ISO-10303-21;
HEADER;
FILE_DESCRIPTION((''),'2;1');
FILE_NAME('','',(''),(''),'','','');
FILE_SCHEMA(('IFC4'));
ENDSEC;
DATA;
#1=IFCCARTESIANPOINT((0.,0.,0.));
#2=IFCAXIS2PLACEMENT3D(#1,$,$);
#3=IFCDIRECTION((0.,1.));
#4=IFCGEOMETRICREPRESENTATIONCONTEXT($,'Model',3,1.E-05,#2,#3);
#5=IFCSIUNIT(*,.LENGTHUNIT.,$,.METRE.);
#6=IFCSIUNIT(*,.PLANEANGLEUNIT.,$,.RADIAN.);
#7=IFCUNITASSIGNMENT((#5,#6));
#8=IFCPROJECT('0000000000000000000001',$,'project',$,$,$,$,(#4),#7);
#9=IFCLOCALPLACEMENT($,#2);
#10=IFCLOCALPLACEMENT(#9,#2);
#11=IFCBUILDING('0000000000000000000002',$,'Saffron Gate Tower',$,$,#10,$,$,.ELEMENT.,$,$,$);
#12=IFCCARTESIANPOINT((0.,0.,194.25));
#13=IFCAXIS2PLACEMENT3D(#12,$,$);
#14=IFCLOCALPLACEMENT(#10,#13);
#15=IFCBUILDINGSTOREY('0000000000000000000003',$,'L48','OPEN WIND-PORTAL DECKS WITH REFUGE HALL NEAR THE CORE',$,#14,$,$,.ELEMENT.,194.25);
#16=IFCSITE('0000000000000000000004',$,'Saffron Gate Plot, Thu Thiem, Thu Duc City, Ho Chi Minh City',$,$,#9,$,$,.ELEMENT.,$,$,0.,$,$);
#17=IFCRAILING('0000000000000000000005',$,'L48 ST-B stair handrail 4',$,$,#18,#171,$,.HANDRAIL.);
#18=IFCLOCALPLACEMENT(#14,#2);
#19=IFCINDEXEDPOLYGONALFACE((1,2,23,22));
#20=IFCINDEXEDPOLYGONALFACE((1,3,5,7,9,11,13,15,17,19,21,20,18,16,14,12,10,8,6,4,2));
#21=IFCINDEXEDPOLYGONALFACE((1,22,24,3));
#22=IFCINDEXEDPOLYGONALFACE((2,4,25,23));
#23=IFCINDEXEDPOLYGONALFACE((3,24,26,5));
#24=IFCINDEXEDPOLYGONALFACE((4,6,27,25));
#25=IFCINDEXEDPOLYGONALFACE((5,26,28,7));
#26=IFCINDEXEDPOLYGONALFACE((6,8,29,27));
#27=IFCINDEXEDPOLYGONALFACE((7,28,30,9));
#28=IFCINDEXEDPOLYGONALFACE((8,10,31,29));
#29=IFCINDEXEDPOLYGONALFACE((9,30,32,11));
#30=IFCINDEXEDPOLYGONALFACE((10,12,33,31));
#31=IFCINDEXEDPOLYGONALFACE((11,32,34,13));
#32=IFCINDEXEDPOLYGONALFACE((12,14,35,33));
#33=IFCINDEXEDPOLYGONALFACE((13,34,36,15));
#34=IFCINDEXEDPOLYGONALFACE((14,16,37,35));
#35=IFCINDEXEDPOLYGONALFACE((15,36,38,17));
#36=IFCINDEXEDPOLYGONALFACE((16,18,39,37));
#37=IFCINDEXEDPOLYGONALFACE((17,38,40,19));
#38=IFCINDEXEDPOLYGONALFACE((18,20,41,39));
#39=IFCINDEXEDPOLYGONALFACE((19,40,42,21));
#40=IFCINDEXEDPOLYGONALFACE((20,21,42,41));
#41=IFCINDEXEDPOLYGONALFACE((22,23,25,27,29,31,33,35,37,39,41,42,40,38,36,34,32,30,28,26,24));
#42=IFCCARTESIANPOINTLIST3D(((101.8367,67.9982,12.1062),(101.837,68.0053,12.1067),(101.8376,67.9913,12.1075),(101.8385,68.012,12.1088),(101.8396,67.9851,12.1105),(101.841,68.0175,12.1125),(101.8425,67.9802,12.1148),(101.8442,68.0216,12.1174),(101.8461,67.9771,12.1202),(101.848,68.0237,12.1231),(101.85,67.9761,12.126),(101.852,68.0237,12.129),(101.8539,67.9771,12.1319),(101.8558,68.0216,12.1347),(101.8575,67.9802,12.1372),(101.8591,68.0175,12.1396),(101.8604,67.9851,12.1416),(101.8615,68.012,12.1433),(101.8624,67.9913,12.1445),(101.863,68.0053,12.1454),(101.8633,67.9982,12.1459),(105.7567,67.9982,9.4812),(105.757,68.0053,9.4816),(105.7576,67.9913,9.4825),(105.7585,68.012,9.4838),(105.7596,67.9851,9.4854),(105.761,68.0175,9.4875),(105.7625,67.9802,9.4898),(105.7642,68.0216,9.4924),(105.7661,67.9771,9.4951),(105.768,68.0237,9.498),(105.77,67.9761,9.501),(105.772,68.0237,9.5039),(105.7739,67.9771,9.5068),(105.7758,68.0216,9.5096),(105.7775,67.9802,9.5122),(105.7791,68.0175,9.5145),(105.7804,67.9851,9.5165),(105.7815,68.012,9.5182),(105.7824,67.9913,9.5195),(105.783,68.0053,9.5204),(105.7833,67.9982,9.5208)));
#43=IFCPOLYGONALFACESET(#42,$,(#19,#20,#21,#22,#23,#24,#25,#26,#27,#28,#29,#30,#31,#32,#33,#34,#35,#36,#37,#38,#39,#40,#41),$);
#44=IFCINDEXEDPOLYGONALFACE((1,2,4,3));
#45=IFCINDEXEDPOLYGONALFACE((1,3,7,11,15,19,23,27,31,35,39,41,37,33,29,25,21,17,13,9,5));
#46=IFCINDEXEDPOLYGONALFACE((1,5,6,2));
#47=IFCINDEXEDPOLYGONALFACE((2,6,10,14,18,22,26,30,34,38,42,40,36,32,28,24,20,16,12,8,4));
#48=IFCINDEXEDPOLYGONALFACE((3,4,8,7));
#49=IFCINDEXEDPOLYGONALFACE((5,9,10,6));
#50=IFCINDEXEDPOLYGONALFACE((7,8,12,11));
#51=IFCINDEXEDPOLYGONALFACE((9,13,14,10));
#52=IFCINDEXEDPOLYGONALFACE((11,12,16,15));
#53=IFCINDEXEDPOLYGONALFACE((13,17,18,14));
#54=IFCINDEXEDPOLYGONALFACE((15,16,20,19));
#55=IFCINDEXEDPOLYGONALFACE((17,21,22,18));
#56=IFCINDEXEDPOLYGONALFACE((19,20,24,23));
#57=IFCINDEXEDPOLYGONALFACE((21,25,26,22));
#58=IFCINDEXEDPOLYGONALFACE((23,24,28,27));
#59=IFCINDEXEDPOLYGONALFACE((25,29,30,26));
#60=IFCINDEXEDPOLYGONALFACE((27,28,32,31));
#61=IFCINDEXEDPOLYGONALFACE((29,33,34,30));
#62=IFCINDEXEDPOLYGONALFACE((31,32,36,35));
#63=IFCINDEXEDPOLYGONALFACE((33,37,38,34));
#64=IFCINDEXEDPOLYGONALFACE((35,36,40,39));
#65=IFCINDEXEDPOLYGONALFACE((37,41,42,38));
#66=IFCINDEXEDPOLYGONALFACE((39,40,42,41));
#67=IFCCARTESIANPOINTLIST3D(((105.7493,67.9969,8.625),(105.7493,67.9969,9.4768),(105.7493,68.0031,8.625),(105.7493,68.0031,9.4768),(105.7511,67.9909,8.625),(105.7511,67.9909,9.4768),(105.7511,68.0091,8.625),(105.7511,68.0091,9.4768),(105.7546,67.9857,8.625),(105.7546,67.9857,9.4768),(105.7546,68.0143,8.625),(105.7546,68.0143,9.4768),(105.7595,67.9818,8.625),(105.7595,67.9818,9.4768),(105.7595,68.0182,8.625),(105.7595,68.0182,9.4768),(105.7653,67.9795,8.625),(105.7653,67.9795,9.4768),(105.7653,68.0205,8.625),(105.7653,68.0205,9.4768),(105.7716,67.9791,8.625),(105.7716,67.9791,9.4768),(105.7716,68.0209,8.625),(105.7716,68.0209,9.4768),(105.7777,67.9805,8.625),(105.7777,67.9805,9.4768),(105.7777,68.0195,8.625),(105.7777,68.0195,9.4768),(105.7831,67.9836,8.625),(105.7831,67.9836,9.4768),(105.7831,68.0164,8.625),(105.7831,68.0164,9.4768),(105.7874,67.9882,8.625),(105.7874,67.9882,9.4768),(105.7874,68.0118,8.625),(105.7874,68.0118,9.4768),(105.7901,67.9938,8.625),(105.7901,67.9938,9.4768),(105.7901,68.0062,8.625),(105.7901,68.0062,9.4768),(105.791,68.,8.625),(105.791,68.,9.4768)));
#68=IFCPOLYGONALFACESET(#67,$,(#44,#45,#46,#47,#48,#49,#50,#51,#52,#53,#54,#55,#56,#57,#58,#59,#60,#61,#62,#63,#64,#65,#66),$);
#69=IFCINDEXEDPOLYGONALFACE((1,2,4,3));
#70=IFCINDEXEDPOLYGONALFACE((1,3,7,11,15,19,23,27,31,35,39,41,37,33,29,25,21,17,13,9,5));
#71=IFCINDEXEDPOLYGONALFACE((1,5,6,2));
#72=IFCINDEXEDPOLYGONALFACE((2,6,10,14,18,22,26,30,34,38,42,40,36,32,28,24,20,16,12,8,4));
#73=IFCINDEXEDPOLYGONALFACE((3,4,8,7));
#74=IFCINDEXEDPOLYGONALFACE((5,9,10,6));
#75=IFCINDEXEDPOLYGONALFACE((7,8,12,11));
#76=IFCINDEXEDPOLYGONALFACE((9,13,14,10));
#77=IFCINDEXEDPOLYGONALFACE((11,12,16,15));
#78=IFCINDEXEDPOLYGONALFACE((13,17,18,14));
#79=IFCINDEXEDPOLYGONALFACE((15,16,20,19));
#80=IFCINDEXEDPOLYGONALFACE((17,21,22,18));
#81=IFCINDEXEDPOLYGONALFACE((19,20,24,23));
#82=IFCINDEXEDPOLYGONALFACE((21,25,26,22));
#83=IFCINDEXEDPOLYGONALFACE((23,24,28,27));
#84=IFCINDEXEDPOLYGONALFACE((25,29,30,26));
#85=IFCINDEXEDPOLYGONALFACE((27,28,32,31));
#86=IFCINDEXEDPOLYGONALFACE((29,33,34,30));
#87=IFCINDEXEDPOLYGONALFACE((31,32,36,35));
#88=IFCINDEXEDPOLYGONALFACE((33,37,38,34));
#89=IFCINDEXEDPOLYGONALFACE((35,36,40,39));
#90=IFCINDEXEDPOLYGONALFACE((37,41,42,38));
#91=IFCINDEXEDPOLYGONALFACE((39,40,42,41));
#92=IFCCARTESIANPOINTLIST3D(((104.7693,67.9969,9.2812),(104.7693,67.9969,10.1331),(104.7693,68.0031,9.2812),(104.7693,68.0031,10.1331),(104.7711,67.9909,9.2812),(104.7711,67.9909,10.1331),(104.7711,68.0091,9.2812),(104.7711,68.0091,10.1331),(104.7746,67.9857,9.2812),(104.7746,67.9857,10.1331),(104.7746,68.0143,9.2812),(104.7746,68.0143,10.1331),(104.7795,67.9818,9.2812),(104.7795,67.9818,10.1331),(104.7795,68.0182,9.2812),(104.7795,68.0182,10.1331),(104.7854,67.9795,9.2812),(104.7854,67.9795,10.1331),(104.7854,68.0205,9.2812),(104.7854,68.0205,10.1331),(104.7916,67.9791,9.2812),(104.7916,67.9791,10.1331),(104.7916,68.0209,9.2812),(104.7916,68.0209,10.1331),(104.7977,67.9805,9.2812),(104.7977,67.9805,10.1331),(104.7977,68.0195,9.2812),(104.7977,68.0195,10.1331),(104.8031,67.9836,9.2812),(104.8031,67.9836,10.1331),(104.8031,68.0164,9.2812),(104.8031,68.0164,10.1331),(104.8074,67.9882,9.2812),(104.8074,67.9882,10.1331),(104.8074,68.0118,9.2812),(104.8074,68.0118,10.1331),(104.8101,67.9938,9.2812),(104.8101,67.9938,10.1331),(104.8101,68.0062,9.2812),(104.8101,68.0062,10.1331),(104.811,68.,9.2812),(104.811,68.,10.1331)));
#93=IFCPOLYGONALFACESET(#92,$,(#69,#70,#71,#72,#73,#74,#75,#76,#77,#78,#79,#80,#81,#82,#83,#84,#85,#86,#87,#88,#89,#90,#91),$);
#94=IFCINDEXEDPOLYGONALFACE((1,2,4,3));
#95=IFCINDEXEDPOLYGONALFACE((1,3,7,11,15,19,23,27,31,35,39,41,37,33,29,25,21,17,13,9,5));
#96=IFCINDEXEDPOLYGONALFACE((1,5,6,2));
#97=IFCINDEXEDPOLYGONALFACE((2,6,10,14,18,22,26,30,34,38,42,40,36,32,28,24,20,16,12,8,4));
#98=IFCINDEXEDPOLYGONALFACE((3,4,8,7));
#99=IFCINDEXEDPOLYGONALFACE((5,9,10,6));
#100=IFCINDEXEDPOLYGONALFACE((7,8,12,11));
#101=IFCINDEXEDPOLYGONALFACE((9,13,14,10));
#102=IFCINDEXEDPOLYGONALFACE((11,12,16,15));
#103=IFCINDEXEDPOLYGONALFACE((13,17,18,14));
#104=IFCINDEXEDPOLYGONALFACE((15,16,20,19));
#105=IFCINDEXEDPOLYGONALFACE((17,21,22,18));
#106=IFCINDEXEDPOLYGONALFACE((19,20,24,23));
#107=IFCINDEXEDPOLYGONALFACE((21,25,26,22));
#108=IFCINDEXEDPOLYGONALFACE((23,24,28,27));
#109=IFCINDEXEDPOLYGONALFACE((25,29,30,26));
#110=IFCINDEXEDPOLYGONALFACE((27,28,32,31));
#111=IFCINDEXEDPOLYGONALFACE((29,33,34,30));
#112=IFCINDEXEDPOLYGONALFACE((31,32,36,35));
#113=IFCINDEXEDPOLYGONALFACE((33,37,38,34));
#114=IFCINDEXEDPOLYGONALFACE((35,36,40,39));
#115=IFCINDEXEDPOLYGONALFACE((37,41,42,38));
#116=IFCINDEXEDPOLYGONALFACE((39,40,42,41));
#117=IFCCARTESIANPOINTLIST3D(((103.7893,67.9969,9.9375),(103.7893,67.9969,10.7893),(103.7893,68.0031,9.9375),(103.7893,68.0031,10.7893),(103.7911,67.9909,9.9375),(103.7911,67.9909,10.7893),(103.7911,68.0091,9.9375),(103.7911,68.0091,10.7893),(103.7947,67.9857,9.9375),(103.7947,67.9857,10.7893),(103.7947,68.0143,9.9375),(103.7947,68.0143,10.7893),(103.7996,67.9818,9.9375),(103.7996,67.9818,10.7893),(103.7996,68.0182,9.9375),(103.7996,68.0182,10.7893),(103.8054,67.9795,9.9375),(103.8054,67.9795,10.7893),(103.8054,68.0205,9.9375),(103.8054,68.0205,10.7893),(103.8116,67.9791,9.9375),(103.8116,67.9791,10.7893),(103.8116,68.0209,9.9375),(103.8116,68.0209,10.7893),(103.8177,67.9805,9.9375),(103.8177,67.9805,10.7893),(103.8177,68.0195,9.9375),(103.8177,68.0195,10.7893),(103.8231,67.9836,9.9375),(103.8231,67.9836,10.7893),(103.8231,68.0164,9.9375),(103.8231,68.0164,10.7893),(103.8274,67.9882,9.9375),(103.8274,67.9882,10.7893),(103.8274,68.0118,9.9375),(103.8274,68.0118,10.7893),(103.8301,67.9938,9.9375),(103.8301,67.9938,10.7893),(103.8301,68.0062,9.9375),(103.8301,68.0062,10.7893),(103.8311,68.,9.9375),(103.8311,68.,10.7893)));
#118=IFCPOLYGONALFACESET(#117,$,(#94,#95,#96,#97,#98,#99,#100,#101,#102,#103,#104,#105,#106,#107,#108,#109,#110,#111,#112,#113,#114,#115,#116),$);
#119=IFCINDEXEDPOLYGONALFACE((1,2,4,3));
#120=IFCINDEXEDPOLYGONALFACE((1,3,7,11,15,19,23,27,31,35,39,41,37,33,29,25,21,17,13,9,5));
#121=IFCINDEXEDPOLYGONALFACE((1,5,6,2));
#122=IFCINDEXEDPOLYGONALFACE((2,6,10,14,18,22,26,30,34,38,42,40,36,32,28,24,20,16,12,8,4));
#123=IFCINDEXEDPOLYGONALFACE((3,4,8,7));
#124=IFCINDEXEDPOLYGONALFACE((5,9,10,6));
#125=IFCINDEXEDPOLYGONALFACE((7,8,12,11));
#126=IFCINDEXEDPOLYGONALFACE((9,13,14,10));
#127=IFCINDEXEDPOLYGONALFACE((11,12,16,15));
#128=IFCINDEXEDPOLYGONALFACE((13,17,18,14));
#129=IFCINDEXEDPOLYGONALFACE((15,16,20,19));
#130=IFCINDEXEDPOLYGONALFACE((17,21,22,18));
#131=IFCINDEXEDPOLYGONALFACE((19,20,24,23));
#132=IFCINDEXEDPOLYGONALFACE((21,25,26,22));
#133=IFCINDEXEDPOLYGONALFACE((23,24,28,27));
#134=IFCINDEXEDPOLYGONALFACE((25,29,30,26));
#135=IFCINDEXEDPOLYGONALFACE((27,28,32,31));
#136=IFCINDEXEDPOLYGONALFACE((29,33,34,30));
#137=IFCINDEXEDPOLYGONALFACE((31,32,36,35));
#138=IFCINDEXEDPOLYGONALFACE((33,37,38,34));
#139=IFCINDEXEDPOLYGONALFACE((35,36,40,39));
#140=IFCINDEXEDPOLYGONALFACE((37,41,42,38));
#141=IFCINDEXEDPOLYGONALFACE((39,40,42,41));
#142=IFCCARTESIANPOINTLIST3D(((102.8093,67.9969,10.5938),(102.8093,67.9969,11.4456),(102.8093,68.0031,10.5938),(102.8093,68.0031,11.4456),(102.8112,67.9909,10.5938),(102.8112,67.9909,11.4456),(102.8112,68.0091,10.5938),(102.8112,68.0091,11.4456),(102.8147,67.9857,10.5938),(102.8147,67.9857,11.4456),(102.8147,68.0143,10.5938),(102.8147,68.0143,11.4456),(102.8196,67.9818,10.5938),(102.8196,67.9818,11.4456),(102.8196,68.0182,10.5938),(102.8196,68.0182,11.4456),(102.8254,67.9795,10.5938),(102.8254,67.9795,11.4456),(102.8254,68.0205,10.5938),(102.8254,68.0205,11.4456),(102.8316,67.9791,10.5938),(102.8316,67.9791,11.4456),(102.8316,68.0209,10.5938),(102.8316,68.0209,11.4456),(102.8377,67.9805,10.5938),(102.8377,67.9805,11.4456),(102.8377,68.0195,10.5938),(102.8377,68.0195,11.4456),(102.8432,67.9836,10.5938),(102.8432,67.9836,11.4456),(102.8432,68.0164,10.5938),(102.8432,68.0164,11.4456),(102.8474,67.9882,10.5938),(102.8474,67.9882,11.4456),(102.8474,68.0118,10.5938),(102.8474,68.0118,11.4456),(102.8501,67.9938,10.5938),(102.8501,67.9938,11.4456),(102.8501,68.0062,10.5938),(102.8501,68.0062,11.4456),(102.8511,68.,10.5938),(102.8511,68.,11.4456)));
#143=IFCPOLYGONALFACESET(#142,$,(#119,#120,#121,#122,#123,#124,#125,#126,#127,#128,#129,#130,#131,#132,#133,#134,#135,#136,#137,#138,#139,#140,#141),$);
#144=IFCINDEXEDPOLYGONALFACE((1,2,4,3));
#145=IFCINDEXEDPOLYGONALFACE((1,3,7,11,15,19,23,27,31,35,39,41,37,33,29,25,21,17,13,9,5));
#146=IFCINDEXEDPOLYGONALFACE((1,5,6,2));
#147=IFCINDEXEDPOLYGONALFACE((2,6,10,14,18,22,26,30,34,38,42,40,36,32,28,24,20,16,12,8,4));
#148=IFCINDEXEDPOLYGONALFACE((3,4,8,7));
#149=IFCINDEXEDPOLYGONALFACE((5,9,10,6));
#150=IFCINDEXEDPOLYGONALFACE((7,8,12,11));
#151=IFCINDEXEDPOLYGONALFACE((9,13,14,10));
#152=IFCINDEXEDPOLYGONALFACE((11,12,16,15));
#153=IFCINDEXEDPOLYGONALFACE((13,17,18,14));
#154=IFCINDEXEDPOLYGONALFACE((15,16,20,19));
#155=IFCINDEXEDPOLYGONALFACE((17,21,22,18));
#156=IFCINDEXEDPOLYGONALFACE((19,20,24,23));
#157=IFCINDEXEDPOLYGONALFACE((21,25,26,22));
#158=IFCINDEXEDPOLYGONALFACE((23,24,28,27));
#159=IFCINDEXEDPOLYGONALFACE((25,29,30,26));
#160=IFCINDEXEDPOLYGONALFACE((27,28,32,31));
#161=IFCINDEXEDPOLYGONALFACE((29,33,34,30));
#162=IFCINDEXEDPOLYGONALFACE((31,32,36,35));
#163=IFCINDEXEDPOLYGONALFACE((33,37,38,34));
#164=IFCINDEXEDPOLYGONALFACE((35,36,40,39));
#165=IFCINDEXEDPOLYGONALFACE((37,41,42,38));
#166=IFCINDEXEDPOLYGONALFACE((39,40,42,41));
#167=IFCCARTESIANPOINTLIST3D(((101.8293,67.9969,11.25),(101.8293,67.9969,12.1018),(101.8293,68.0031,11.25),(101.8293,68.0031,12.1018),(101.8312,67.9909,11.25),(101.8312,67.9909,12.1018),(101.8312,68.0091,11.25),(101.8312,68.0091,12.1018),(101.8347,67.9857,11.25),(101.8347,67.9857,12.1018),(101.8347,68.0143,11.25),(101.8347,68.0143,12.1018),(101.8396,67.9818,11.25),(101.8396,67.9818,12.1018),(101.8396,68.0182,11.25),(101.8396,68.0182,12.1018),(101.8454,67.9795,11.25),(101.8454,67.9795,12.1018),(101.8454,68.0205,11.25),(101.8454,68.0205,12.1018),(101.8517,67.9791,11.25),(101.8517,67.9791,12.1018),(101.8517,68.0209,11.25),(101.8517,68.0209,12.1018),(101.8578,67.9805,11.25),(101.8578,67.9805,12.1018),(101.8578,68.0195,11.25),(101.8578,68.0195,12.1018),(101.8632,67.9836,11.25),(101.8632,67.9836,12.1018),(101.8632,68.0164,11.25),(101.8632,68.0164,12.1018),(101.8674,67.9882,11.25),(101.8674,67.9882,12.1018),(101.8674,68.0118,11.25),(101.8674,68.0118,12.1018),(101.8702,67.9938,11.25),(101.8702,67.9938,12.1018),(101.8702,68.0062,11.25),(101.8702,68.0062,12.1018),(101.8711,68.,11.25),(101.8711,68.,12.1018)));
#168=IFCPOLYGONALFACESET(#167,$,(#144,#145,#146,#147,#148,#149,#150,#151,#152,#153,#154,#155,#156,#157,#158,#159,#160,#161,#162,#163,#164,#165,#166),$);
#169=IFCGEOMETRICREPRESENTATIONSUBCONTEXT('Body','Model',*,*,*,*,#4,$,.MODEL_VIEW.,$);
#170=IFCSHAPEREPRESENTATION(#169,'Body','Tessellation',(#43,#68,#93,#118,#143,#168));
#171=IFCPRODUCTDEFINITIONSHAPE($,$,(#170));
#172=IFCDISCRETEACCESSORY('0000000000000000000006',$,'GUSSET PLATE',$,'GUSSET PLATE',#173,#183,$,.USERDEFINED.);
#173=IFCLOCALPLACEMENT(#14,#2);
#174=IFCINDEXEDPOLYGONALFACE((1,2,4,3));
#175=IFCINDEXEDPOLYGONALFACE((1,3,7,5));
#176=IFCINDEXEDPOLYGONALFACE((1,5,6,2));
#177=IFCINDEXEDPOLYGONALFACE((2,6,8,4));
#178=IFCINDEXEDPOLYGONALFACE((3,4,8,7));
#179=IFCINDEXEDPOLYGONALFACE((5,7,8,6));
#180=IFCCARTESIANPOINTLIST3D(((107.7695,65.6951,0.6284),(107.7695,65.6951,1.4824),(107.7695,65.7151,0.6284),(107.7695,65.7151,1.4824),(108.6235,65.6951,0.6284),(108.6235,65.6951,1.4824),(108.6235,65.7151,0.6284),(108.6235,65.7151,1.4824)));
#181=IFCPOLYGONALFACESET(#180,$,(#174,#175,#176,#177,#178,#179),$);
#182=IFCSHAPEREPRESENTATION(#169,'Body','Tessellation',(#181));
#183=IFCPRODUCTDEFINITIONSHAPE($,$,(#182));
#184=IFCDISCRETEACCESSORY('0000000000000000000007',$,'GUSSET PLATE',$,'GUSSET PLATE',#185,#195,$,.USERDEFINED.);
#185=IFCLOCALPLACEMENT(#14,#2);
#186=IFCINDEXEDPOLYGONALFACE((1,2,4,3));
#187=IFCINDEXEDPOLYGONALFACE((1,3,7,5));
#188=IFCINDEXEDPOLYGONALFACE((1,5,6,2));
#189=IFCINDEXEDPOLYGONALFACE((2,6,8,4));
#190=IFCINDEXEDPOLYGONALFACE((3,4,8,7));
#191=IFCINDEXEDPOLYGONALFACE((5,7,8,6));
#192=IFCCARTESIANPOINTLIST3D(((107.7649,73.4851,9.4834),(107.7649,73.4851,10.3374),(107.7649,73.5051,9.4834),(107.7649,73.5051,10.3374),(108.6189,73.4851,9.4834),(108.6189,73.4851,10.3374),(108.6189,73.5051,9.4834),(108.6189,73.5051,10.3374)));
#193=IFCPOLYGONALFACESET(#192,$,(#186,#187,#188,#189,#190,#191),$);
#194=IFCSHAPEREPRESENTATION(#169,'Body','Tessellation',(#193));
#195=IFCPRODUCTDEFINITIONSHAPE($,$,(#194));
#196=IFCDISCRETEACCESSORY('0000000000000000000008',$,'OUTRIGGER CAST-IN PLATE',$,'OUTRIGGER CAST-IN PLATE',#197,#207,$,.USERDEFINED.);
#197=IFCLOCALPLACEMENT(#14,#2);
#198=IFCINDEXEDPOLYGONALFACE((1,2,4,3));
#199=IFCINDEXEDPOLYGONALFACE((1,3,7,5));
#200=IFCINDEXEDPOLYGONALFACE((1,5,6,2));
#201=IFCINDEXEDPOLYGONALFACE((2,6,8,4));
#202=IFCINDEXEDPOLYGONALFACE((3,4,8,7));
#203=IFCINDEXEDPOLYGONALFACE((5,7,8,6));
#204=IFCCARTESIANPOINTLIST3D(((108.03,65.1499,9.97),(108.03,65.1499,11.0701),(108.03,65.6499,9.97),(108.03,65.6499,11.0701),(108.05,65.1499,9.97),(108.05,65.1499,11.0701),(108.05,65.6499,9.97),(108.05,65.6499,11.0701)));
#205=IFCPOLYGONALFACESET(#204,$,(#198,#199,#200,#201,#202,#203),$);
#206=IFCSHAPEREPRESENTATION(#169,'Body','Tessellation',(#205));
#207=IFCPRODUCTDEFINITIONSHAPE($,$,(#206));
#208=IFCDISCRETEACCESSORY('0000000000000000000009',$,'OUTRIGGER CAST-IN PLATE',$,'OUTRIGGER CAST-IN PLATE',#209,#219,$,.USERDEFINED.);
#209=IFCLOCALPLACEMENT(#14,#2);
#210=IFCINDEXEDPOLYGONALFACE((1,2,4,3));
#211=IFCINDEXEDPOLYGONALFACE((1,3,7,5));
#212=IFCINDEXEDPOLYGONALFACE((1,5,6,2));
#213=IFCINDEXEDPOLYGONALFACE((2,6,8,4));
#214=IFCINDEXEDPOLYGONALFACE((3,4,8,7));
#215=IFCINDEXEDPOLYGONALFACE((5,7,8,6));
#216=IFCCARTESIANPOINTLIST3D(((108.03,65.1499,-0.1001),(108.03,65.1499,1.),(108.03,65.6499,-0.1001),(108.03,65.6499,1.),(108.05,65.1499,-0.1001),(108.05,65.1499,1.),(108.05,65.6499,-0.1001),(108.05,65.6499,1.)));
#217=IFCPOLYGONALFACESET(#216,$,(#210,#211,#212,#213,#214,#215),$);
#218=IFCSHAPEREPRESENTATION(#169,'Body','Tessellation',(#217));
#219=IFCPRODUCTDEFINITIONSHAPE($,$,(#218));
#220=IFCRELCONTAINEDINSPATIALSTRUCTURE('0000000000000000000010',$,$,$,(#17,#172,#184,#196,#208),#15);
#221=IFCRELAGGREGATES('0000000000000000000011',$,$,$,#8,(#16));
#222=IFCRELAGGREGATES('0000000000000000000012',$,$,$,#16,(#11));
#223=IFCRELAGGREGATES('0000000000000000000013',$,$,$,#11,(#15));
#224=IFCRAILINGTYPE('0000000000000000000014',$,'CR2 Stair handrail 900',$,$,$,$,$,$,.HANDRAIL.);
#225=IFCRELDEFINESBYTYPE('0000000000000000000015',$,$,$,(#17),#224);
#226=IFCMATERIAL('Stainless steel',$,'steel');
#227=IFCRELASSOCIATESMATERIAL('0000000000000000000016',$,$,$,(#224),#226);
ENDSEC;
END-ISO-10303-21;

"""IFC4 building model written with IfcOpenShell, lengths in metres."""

from ifc_helpers import new_model, si_unit, direction, frame, origin, origin_2d, place, context, subcontext, project, spatial, rectangle, circle, extrude, material, type_object, element, save


model = new_model("IFC4")

# Units and contexts
model_context = context("Model", 3, precision=1e-05, world=origin(), true_north=direction((0.0, 1.0)))
body_context = subcontext(model_context, "Body", "Model", "MODEL_VIEW")
ifc_project = project(units=[si_unit("LENGTHUNIT", "METRE"), si_unit("PLANEANGLEUNIT", "RADIAN")], contexts=[model_context])

# Site, building, storey
site_placement = place(None, origin())
site = spatial("IfcSite", under=ifc_project, at=site_placement, Name="Saffron Gate Plot, Thu Thiem, Thu Duc City, Ho Chi Minh City", CompositionType="ELEMENT", RefElevation=0.0)
building_placement = place(site_placement, origin())
building = spatial("IfcBuilding", under=site, at=building_placement, Name="Saffron Gate Tower", CompositionType="ELEMENT")
storey_placement = place(building_placement, frame((0.0, 0.0, 194.25)))
storey = spatial("IfcBuildingStorey", under=building, at=storey_placement, Name="L48", Description="OPEN WIND-PORTAL DECKS WITH REFUGE HALL NEAR THE CORE", CompositionType="ELEMENT", Elevation=194.25)

# Railing
ifc_material_1 = material(Name="Stainless steel", Category="steel")
railing_type_1 = type_object("IfcRailingType", Name="CR2 Stair handrail 900", PredefinedType="HANDRAIL", material=ifc_material_1)
railing_1_placement = place(storey_placement, frame((105.77, 68.0, 8.625)))
element("IfcRailing", 1, at=railing_1_placement, inside=storey, type_object=railing_type_1, Name="L48 ST-B stair handrail 4", PredefinedType="HANDRAIL", context=body_context, shape_type="SweptSolid", body=[
    extrude(circle(Radius=0.0239, at=origin_2d()), frame((0.0, 0.0, 0.876), z_axis=(-0.830902, 0.0, 0.556419), x_axis=(0.0, -1.0, 0.0)), (0.0, 0.0, 1.0), 4.7178),
    extrude(circle(Radius=0.021, at=origin_2d()), origin(), (0.0, 0.0, 1.0), 0.8518),
    extrude(circle(Radius=0.021, at=origin_2d()), frame((-0.98, 0.0, 0.6562)), (0.0, 0.0, 1.0), 0.8518),
    extrude(circle(Radius=0.021, at=origin_2d()), frame((-1.96, 0.0, 1.3125)), (0.0, 0.0, 1.0), 0.8518),
    extrude(circle(Radius=0.021, at=origin_2d()), frame((-2.9399, 0.0, 1.9688)), (0.0, 0.0, 1.0), 0.8518),
    extrude(circle(Radius=0.021, at=origin_2d()), frame((-3.9199, 0.0, 2.625)), (0.0, 0.0, 1.0), 0.8518),
])

# Discrete accessories
for number, where, z_axis, x_axis, name in (
    (2, (108.1965, 65.7051, 0.6284), (0.0, 0.0, 1.0), (1.0, 0.0, 0.0), "GUSSET PLATE"),
    (3, (108.1919, 73.4951, 9.4834), (0.0, 0.0, 1.0), (-1.0, 0.0, 0.0), "GUSSET PLATE"),
):
    element("IfcDiscreteAccessory", number, at=place(storey_placement, frame(where, z_axis=z_axis, x_axis=x_axis)), inside=storey, Name=name, ObjectType="GUSSET PLATE", PredefinedType="USERDEFINED", context=body_context, shape_type="SweptSolid", body=[
        extrude(rectangle(XDim=0.854, YDim=0.02, at=origin_2d()), origin(), (0.0, 0.0, 1.0), 0.854),
    ])
for number, where, z_axis, x_axis, name in (
    (4, (108.04, 65.3999, 9.97), (0.0, 0.0, 1.0), (-1.0, 0.0, 0.0), "OUTRIGGER CAST-IN PLATE"),
    (5, (108.04, 65.3999, -0.1001), (0.0, 0.0, 1.0), (-1.0, 0.0, 0.0), "OUTRIGGER CAST-IN PLATE"),
):
    element("IfcDiscreteAccessory", number, at=place(storey_placement, frame(where, z_axis=z_axis, x_axis=x_axis)), inside=storey, Name=name, ObjectType="OUTRIGGER CAST-IN PLATE", PredefinedType="USERDEFINED", context=body_context, shape_type="SweptSolid", body=[
        extrude(rectangle(XDim=0.02, YDim=0.5, at=origin_2d()), origin(), (0.0, 0.0, 1.0), 1.1001),
    ])

save(model, "model.ifc")
